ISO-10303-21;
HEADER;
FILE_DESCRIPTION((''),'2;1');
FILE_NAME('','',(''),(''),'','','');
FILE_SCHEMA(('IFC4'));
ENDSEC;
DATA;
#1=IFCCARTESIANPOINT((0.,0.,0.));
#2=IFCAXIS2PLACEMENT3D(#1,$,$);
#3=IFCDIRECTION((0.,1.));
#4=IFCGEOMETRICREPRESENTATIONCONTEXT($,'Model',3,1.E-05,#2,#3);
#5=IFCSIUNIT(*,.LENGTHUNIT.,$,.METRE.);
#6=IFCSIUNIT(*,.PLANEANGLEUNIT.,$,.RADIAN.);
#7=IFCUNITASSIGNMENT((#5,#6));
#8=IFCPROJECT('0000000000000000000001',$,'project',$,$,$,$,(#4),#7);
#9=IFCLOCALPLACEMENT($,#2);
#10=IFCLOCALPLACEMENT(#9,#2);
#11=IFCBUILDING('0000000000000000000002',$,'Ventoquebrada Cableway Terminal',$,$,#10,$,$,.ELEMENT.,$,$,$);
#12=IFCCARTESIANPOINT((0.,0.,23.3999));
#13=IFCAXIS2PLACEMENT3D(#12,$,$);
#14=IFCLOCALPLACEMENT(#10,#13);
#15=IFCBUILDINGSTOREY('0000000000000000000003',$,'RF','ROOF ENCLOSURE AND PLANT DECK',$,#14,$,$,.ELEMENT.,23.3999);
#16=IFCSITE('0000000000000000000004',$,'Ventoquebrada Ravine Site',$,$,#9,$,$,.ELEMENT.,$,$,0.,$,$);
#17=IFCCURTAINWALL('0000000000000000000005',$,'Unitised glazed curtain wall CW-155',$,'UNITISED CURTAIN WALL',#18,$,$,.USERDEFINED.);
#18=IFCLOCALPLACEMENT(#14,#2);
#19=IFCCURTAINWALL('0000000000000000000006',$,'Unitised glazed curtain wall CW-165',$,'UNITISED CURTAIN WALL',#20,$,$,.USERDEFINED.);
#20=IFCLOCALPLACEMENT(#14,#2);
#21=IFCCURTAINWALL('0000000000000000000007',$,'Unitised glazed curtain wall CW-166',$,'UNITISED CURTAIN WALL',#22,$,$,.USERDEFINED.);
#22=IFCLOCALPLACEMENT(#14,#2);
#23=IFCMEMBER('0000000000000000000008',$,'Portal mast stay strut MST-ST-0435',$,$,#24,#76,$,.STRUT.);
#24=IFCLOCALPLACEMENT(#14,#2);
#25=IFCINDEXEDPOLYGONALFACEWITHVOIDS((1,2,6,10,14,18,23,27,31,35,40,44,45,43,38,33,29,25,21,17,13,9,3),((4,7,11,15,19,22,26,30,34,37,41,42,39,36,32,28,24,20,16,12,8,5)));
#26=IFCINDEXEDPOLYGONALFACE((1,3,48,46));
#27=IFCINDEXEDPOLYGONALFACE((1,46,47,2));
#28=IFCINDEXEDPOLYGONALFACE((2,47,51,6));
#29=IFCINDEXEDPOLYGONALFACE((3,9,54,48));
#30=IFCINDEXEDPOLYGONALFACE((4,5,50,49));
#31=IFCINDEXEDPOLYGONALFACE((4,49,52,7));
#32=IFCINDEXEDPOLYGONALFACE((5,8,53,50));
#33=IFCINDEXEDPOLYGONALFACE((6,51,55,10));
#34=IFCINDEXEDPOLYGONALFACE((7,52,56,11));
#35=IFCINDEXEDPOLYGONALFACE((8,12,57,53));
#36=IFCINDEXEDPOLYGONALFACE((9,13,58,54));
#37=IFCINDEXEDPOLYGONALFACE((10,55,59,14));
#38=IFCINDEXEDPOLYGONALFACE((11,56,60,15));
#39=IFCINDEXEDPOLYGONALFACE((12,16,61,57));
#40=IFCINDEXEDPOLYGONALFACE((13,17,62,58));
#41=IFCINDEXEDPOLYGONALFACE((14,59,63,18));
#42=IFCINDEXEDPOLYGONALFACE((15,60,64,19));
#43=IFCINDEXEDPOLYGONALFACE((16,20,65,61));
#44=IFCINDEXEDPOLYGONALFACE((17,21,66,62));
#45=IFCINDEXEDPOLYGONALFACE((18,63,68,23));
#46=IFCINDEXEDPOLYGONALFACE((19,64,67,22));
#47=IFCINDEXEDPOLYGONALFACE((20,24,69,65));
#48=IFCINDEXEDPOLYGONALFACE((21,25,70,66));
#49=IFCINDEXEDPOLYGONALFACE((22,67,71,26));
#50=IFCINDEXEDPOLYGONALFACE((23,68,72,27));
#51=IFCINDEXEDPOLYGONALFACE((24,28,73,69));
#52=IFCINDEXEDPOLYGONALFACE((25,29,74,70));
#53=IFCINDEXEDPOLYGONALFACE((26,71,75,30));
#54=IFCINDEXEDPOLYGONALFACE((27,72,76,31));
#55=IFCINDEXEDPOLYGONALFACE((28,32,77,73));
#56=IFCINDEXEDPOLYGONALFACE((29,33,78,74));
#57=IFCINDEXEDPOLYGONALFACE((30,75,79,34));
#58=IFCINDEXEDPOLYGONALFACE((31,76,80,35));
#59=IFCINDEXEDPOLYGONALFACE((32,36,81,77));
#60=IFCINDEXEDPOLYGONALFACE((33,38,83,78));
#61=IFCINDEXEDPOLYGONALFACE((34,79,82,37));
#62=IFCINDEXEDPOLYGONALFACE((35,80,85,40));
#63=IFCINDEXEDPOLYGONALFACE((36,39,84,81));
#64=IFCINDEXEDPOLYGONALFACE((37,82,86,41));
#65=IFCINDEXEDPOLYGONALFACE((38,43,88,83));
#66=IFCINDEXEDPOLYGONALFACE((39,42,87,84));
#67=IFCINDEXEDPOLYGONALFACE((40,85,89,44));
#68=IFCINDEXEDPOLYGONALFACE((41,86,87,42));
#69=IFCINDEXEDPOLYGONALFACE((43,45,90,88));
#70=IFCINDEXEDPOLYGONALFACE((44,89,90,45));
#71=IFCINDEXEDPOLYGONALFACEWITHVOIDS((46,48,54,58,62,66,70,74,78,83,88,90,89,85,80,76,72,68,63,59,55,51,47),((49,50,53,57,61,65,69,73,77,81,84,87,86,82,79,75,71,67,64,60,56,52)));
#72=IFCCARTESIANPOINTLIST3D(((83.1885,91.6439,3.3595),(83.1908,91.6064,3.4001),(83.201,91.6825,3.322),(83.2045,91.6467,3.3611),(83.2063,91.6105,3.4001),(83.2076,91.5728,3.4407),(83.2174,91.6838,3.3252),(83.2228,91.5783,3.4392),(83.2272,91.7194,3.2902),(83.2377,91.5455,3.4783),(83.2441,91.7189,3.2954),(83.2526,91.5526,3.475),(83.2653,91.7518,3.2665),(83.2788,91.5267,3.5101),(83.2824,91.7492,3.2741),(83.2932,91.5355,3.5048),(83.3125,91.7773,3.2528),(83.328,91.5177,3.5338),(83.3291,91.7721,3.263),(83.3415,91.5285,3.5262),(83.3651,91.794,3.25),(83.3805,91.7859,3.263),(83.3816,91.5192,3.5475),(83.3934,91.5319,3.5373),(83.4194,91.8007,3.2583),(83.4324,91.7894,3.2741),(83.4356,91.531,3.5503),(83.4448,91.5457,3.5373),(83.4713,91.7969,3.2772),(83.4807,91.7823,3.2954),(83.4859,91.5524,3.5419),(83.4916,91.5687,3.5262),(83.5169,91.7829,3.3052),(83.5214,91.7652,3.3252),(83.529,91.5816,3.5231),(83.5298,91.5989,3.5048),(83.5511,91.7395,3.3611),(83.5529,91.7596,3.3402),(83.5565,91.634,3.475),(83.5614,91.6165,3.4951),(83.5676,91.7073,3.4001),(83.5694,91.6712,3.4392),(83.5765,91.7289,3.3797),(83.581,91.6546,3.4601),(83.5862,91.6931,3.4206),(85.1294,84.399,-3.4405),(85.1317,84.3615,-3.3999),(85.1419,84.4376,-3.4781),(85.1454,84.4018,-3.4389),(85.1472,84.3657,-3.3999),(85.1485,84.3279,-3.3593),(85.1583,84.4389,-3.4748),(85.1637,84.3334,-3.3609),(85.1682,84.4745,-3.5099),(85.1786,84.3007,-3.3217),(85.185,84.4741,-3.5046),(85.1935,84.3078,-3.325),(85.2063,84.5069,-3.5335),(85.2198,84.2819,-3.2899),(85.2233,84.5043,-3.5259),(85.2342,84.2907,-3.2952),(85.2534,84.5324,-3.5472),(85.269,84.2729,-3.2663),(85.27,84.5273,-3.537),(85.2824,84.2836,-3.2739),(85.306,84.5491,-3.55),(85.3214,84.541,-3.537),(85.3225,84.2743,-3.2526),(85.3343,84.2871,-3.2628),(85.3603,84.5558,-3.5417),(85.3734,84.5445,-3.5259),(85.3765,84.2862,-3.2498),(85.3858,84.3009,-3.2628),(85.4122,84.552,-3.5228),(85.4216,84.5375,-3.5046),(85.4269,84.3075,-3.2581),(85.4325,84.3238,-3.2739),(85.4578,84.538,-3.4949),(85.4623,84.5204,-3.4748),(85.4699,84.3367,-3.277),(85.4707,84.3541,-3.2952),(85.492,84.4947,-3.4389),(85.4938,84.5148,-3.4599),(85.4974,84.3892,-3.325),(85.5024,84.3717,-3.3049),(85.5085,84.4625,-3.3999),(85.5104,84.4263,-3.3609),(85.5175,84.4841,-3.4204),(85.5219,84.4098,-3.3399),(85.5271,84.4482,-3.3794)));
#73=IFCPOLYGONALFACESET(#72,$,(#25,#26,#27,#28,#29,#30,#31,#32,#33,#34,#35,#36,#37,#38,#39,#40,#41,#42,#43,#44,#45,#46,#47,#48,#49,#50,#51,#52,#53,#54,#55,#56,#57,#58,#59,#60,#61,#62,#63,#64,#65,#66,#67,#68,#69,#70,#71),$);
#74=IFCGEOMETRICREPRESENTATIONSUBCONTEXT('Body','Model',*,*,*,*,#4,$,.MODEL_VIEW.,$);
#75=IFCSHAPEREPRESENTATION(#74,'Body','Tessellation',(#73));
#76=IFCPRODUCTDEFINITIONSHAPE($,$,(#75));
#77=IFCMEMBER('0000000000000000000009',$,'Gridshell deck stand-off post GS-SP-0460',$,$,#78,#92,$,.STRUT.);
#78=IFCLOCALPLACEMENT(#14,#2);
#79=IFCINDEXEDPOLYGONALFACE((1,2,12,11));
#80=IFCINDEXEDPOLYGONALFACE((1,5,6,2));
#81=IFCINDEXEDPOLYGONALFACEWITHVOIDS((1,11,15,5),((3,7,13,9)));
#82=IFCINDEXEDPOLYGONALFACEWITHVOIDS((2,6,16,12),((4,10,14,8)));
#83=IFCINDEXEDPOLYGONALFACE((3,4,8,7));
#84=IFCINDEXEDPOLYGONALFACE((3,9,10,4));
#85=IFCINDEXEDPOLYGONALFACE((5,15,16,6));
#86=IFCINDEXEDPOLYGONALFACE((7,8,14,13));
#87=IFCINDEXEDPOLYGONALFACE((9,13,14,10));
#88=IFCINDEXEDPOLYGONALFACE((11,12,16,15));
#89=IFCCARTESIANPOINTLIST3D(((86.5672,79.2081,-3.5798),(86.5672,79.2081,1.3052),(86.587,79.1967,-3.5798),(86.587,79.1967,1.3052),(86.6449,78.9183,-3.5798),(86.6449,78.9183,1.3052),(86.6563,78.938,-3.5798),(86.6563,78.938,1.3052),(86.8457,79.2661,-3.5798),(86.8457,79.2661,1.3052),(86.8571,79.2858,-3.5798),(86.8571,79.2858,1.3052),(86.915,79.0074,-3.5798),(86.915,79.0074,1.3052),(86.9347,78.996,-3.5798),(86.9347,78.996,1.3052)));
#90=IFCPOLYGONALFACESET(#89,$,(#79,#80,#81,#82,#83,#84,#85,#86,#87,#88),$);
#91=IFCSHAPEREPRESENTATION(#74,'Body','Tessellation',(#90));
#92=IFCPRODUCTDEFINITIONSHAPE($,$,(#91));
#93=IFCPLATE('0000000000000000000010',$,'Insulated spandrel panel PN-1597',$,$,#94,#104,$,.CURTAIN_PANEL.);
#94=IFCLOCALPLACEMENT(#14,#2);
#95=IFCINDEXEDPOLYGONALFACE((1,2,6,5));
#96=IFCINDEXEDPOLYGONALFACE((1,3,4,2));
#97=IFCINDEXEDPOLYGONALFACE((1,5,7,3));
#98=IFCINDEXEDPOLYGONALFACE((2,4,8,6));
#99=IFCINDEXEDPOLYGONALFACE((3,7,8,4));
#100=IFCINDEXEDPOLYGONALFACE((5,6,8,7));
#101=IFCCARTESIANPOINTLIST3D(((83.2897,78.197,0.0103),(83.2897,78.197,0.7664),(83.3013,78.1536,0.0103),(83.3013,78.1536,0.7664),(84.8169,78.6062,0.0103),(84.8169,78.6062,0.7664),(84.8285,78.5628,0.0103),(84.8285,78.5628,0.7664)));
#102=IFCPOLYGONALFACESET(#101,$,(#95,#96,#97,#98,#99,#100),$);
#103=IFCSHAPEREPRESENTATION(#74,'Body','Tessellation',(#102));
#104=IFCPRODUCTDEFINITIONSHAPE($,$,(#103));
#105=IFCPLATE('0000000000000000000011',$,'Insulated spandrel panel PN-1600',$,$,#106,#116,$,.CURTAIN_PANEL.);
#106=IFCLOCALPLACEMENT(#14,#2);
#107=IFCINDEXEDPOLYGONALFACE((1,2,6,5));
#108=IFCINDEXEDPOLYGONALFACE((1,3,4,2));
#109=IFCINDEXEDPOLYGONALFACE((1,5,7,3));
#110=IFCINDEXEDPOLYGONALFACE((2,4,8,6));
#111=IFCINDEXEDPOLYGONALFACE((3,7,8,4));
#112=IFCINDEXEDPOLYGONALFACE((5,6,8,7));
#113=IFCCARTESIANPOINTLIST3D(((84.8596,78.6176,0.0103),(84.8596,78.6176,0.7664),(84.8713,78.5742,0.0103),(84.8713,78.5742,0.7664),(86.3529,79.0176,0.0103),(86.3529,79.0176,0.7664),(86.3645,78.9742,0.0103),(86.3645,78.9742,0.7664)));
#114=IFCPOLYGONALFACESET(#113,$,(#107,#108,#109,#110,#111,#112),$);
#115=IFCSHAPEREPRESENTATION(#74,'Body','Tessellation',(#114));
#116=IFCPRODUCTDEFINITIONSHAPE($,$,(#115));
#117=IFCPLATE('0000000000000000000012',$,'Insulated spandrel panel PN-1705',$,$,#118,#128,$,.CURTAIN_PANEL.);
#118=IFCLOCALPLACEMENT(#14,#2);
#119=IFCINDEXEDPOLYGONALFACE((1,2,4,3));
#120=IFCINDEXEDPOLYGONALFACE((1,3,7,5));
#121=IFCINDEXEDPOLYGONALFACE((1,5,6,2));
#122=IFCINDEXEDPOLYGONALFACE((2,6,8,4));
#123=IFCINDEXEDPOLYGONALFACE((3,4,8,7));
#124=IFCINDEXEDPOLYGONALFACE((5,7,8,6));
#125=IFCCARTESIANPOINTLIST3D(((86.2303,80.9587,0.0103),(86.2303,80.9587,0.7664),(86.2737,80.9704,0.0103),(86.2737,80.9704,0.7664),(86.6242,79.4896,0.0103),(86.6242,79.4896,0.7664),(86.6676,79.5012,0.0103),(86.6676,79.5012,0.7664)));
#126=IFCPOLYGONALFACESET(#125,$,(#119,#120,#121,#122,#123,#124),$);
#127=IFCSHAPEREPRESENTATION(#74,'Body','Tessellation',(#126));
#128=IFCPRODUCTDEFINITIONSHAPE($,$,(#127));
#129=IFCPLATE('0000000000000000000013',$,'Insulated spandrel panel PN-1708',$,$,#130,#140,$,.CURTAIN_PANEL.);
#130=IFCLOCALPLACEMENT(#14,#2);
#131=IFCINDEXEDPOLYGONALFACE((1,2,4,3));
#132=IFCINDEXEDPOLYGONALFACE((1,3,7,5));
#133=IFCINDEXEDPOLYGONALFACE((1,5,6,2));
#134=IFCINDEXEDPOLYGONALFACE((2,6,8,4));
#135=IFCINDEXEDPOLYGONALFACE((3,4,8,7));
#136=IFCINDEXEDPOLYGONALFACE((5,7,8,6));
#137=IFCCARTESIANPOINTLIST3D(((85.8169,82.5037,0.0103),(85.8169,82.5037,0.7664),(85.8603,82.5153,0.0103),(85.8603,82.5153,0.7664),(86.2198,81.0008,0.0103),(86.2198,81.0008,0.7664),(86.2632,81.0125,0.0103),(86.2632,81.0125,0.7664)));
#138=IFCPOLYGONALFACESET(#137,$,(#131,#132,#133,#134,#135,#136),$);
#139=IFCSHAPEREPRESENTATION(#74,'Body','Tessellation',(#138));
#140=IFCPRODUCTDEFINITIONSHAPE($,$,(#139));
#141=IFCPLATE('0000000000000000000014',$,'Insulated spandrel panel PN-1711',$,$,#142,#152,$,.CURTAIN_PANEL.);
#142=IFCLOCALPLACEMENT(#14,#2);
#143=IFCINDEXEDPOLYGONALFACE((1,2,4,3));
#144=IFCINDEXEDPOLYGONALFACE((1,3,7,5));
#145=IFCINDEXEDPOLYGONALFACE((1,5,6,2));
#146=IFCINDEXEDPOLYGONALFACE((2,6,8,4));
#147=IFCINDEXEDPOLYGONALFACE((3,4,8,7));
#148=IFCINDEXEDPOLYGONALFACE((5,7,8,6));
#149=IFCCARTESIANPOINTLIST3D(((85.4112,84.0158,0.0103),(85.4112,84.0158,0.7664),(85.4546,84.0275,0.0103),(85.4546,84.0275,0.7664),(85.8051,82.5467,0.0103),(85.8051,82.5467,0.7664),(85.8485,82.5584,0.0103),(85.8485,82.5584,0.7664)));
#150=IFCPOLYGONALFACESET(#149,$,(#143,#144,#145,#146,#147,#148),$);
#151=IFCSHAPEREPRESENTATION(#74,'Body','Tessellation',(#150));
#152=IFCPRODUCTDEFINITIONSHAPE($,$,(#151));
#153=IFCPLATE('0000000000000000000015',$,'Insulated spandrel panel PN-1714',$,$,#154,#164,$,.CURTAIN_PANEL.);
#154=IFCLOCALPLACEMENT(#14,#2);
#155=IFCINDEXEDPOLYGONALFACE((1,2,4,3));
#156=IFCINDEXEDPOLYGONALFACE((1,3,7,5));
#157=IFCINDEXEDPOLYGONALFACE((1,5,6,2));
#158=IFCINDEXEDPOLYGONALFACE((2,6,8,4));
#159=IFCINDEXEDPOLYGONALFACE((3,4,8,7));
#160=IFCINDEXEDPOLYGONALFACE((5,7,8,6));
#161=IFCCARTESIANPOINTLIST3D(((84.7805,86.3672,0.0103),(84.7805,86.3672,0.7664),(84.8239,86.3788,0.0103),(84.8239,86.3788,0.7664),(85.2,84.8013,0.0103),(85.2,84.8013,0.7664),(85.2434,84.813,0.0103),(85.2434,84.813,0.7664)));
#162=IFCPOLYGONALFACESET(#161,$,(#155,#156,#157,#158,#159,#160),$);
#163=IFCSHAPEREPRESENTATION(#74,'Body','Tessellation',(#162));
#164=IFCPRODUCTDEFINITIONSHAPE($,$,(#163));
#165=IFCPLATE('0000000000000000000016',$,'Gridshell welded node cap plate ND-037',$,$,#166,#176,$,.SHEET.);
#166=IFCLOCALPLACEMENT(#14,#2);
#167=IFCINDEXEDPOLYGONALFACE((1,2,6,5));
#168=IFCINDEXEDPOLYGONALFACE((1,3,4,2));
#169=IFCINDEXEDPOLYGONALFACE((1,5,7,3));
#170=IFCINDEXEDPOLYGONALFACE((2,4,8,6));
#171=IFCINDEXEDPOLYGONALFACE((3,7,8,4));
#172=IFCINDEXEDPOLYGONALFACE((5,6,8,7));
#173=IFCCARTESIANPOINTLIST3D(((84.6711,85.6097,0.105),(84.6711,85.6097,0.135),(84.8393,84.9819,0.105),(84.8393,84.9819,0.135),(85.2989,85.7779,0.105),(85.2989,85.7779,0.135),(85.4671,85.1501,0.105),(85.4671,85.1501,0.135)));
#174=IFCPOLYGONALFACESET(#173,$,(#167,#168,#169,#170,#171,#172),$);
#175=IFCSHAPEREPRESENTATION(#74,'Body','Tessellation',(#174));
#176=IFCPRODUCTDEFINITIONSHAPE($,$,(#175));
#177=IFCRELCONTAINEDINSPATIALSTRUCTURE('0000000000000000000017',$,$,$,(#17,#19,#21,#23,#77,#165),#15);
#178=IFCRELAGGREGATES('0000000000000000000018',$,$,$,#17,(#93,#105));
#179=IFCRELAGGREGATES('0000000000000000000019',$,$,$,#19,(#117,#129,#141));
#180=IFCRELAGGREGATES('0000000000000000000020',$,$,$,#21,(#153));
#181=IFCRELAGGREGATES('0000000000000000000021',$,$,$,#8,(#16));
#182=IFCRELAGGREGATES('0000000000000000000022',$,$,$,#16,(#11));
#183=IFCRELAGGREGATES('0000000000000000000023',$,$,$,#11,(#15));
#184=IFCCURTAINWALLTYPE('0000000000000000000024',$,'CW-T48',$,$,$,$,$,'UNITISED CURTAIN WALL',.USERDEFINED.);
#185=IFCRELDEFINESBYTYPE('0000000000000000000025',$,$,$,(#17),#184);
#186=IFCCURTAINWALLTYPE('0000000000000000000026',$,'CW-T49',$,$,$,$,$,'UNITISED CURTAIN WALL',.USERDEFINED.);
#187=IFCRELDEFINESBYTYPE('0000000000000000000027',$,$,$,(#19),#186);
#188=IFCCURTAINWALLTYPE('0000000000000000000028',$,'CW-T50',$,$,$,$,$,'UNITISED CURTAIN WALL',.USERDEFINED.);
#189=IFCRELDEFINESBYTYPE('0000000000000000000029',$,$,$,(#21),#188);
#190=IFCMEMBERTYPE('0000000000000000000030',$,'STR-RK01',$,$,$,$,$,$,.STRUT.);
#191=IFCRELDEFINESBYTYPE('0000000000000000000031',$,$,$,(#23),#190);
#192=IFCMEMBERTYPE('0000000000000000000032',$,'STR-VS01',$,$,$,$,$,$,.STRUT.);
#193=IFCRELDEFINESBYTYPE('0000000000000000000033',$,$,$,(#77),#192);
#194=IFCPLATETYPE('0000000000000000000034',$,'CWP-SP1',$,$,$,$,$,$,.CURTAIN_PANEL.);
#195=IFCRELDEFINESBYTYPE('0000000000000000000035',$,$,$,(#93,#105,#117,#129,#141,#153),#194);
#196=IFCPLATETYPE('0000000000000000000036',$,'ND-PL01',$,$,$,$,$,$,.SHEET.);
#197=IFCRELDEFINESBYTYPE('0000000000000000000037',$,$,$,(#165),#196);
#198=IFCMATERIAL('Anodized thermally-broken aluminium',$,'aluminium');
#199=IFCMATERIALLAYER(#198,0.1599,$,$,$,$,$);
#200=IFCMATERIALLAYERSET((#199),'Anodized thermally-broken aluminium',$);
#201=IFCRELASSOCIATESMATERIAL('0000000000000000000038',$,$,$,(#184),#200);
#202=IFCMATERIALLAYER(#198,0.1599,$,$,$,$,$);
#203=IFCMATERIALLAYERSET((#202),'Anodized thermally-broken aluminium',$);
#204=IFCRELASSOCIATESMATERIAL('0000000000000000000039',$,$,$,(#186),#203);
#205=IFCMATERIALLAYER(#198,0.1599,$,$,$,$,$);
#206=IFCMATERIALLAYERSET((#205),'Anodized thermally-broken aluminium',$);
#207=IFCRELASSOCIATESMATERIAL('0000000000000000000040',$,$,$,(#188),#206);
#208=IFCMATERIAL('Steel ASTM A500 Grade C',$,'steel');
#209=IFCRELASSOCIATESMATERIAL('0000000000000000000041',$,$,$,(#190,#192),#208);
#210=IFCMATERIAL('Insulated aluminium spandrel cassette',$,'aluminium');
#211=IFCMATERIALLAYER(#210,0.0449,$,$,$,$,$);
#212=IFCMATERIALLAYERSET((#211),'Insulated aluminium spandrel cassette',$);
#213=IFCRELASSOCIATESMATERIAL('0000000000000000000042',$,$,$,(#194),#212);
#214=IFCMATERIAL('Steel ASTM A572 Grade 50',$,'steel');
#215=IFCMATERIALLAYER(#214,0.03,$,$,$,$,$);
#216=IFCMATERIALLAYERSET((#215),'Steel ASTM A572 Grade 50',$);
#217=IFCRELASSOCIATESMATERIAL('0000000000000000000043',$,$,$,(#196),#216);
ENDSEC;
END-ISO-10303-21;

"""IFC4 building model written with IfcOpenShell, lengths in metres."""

from ifc_helpers import new_model, si_unit, direction, frame, origin, origin_2d, place, context, subcontext, project, spatial, rectangle, hollow_rectangle, hollow_circle, extrude, material, layer, layer_set, material_profile, profile_set, type_object, element, aggregate, save


model = new_model("IFC4")

# Units and contexts
model_context = context("Model", 3, precision=1e-05, world=origin(), true_north=direction((0.0, 1.0)))
body_context = subcontext(model_context, "Body", "Model", "MODEL_VIEW")
ifc_project = project(units=[si_unit("LENGTHUNIT", "METRE"), si_unit("PLANEANGLEUNIT", "RADIAN")], contexts=[model_context])

# Site, building, storey
site_placement = place(None, origin())
site = spatial("IfcSite", under=ifc_project, at=site_placement, Name="Ventoquebrada Ravine Site", CompositionType="ELEMENT", RefElevation=0.0)
building_placement = place(site_placement, origin())
building = spatial("IfcBuilding", under=site, at=building_placement, Name="Ventoquebrada Cableway Terminal", CompositionType="ELEMENT")
storey_placement = place(building_placement, frame((0.0, 0.0, 23.3999)))
storey = spatial("IfcBuildingStorey", under=building, at=storey_placement, Name="RF", Description="ROOF ENCLOSURE AND PLANT DECK", CompositionType="ELEMENT", Elevation=23.3999)

# Shared definitions
ifc_material_1 = material(Name="Steel ASTM A500 Grade C", Category="steel")

# Curtain walls
ifc_material_2 = material(Name="Anodized thermally-broken aluminium", Category="aluminium")
ifc_layer_1 = layer(ifc_material_2, 0.1599)
ifc_layer_set_1 = layer_set([ifc_layer_1], Name="Anodized thermally-broken aluminium")
curtain_wall_type_1 = type_object("IfcCurtainWallType", Name="CW-T48", ElementType="UNITISED CURTAIN WALL", PredefinedType="USERDEFINED", material=ifc_layer_set_1)
curtain_wall_1_placement = place(storey_placement, origin())
curtain_wall_1 = element("IfcCurtainWall", 1, at=curtain_wall_1_placement, inside=storey, type_object=curtain_wall_type_1, Name="Unitised glazed curtain wall CW-155", ObjectType="UNITISED CURTAIN WALL", PredefinedType="USERDEFINED")
ifc_layer_2 = layer(ifc_material_2, 0.1599)
ifc_layer_set_2 = layer_set([ifc_layer_2], Name="Anodized thermally-broken aluminium")
curtain_wall_type_2 = type_object("IfcCurtainWallType", Name="CW-T49", ElementType="UNITISED CURTAIN WALL", PredefinedType="USERDEFINED", material=ifc_layer_set_2)
curtain_wall_2_placement = place(storey_placement, origin())
curtain_wall_2 = element("IfcCurtainWall", 2, at=curtain_wall_2_placement, inside=storey, type_object=curtain_wall_type_2, Name="Unitised glazed curtain wall CW-165", ObjectType="UNITISED CURTAIN WALL", PredefinedType="USERDEFINED")

# Curtain wall
ifc_layer_3 = layer(ifc_material_2, 0.1599)
ifc_layer_set_3 = layer_set([ifc_layer_3], Name="Anodized thermally-broken aluminium")
curtain_wall_type_3 = type_object("IfcCurtainWallType", Name="CW-T50", ElementType="UNITISED CURTAIN WALL", PredefinedType="USERDEFINED", material=ifc_layer_set_3)
curtain_wall_3_placement = place(storey_placement, origin())
curtain_wall_3 = element("IfcCurtainWall", 3, at=curtain_wall_3_placement, inside=storey, type_object=curtain_wall_type_3, Name="Unitised glazed curtain wall CW-166", ObjectType="UNITISED CURTAIN WALL", PredefinedType="USERDEFINED")

# Members
ifc_material_profile_1 = material_profile(ifc_material_1, hollow_circle(Radius=0.2031, WallThickness=0.0161, at=origin_2d()), Name="CHS406.4X16")
ifc_profile_set_1 = profile_set([ifc_material_profile_1], Name="Steel ASTM A500 Grade C")
member_type_1 = type_object("IfcMemberType", Name="STR-RK01", PredefinedType="STRUT", material=ifc_profile_set_1)
member_1_placement = place(storey_placement, frame((85.3279, 84.4141, -3.3999), z_axis=(-0.191714, 0.715611, 0.671674), x_axis=(-0.965937, -0.258777, 0.0)))
element("IfcMember", 4, at=member_1_placement, inside=storey, type_object=member_type_1, Name="Portal mast stay strut MST-ST-0435", PredefinedType="STRUT", context=body_context, shape_type="SweptSolid", body=[
    extrude(hollow_circle(Radius=0.2031, WallThickness=0.0161, at=origin_2d()), origin(), (0.0, 0.0, 1.0), 10.124),
])
ifc_material_profile_2 = material_profile(ifc_material_1, hollow_rectangle(XDim=0.3, YDim=0.3, WallThickness=0.0161, at=origin_2d()), Name="HSS300X300X16")
ifc_profile_set_2 = profile_set([ifc_material_profile_2], Name="Steel ASTM A500 Grade C")
member_type_2 = type_object("IfcMemberType", Name="STR-VS01", PredefinedType="STRUT", material=ifc_profile_set_2)
member_2_placement = place(storey_placement, frame((86.751, 79.1021, -3.5798), z_axis=(0.0, 0.0, 1.0), x_axis=(0.965926, 0.258819, 0.0)))
element("IfcMember", 5, at=member_2_placement, inside=storey, type_object=member_type_2, Name="Gridshell deck stand-off post GS-SP-0460", PredefinedType="STRUT", context=body_context, shape_type="SweptSolid", body=[
    extrude(hollow_rectangle(XDim=0.3, YDim=0.3, WallThickness=0.0161, at=origin_2d()), origin(), (0.0, 0.0, 1.0), 4.885),
])

# Plates
ifc_material_3 = material(Name="Insulated aluminium spandrel cassette", Category="aluminium")
ifc_layer_4 = layer(ifc_material_3, 0.0449)
ifc_layer_set_4 = layer_set([ifc_layer_4], Name="Insulated aluminium spandrel cassette")
plate_type_1 = type_object("IfcPlateType", Name="CWP-SP1", PredefinedType="CURTAIN_PANEL", material=ifc_layer_set_4)
plate_1_placement = place(storey_placement, frame((84.0591, 78.3799, 0.0103), z_axis=(0.0, 0.0, 1.0), x_axis=(0.965935, 0.258785, 0.0)))
plate_1 = element("IfcPlate", 6, at=plate_1_placement, type_object=plate_type_1, Name="Insulated spandrel panel PN-1597", PredefinedType="CURTAIN_PANEL", context=body_context, shape_type="SweptSolid", body=[
    extrude(rectangle(XDim=1.5811, YDim=0.0449, at=origin_2d()), origin(), (0.0, 0.0, 1.0), 0.7561),
])
plate_2_placement = place(storey_placement, frame((85.6121, 78.7959, 0.0103), z_axis=(0.0, 0.0, 1.0), x_axis=(0.965935, 0.258785, 0.0)))
plate_2 = element("IfcPlate", 7, at=plate_2_placement, type_object=plate_type_1, Name="Insulated spandrel panel PN-1600", PredefinedType="CURTAIN_PANEL", context=body_context, shape_type="SweptSolid", body=[
    extrude(rectangle(XDim=1.5459, YDim=0.0449, at=origin_2d()), origin(), (0.0, 0.0, 1.0), 0.7561),
])
aggregate(curtain_wall_1, [plate_1, plate_2])
plate_3_placement = place(storey_placement, frame((86.449, 80.23, 0.0103), z_axis=(0.0, 0.0, 1.0), x_axis=(-0.258971, 0.965885, 0.0)))
plate_3 = element("IfcPlate", 8, at=plate_3_placement, type_object=plate_type_1, Name="Insulated spandrel panel PN-1705", PredefinedType="CURTAIN_PANEL", context=body_context, shape_type="SweptSolid", body=[
    extrude(rectangle(XDim=1.521, YDim=0.0449, at=origin_2d()), origin(), (0.0, 0.0, 1.0), 0.7561),
])
plate_4_placement = place(storey_placement, frame((86.04, 81.7581, 0.0103), z_axis=(0.0, 0.0, 1.0), x_axis=(-0.258971, 0.965885, 0.0)))
plate_4 = element("IfcPlate", 9, at=plate_4_placement, type_object=plate_type_1, Name="Insulated spandrel panel PN-1708", PredefinedType="CURTAIN_PANEL", context=body_context, shape_type="SweptSolid", body=[
    extrude(rectangle(XDim=1.5559, YDim=0.0449, at=origin_2d()), origin(), (0.0, 0.0, 1.0), 0.7561),
])
plate_5_placement = place(storey_placement, frame((85.6299, 83.2871, 0.0103), z_axis=(0.0, 0.0, 1.0), x_axis=(-0.258971, 0.965885, 0.0)))
plate_5 = element("IfcPlate", 10, at=plate_5_placement, type_object=plate_type_1, Name="Insulated spandrel panel PN-1711", PredefinedType="CURTAIN_PANEL", context=body_context, shape_type="SweptSolid", body=[
    extrude(rectangle(XDim=1.521, YDim=0.0449, at=origin_2d()), origin(), (0.0, 0.0, 1.0), 0.7561),
])
aggregate(curtain_wall_2, [plate_3, plate_4, plate_5])
plate_6_placement = place(storey_placement, frame((85.012, 85.5901, 0.0103), z_axis=(0.0, 0.0, 1.0), x_axis=(-0.258802, 0.96593, 0.0)))
plate_6 = element("IfcPlate", 11, at=plate_6_placement, type_object=plate_type_1, Name="Insulated spandrel panel PN-1714", PredefinedType="CURTAIN_PANEL", context=body_context, shape_type="SweptSolid", body=[
    extrude(rectangle(XDim=1.6211, YDim=0.0449, at=origin_2d()), origin(), (0.0, 0.0, 1.0), 0.7561),
])
aggregate(curtain_wall_3, [plate_6])
ifc_material_4 = material(Name="Steel ASTM A572 Grade 50", Category="steel")
ifc_layer_5 = layer(ifc_material_4, 0.03)
ifc_layer_set_5 = layer_set([ifc_layer_5], Name="Steel ASTM A572 Grade 50")
plate_type_2 = type_object("IfcPlateType", Name="ND-PL01", PredefinedType="SHEET", material=ifc_layer_set_5)
plate_7_placement = place(storey_placement, frame((85.0691, 85.3799, 0.105), z_axis=(0.0, 0.0, 1.0), x_axis=(0.965926, 0.258819, 0.0)))
element("IfcPlate", 12, at=plate_7_placement, inside=storey, type_object=plate_type_2, Name="Gridshell welded node cap plate ND-037", PredefinedType="SHEET", context=body_context, shape_type="SweptSolid", body=[
    extrude(rectangle(XDim=0.6499, YDim=0.6499, at=origin_2d()), origin(), (0.0, 0.0, 1.0), 0.03),
])

save(model, "model.ifc")
